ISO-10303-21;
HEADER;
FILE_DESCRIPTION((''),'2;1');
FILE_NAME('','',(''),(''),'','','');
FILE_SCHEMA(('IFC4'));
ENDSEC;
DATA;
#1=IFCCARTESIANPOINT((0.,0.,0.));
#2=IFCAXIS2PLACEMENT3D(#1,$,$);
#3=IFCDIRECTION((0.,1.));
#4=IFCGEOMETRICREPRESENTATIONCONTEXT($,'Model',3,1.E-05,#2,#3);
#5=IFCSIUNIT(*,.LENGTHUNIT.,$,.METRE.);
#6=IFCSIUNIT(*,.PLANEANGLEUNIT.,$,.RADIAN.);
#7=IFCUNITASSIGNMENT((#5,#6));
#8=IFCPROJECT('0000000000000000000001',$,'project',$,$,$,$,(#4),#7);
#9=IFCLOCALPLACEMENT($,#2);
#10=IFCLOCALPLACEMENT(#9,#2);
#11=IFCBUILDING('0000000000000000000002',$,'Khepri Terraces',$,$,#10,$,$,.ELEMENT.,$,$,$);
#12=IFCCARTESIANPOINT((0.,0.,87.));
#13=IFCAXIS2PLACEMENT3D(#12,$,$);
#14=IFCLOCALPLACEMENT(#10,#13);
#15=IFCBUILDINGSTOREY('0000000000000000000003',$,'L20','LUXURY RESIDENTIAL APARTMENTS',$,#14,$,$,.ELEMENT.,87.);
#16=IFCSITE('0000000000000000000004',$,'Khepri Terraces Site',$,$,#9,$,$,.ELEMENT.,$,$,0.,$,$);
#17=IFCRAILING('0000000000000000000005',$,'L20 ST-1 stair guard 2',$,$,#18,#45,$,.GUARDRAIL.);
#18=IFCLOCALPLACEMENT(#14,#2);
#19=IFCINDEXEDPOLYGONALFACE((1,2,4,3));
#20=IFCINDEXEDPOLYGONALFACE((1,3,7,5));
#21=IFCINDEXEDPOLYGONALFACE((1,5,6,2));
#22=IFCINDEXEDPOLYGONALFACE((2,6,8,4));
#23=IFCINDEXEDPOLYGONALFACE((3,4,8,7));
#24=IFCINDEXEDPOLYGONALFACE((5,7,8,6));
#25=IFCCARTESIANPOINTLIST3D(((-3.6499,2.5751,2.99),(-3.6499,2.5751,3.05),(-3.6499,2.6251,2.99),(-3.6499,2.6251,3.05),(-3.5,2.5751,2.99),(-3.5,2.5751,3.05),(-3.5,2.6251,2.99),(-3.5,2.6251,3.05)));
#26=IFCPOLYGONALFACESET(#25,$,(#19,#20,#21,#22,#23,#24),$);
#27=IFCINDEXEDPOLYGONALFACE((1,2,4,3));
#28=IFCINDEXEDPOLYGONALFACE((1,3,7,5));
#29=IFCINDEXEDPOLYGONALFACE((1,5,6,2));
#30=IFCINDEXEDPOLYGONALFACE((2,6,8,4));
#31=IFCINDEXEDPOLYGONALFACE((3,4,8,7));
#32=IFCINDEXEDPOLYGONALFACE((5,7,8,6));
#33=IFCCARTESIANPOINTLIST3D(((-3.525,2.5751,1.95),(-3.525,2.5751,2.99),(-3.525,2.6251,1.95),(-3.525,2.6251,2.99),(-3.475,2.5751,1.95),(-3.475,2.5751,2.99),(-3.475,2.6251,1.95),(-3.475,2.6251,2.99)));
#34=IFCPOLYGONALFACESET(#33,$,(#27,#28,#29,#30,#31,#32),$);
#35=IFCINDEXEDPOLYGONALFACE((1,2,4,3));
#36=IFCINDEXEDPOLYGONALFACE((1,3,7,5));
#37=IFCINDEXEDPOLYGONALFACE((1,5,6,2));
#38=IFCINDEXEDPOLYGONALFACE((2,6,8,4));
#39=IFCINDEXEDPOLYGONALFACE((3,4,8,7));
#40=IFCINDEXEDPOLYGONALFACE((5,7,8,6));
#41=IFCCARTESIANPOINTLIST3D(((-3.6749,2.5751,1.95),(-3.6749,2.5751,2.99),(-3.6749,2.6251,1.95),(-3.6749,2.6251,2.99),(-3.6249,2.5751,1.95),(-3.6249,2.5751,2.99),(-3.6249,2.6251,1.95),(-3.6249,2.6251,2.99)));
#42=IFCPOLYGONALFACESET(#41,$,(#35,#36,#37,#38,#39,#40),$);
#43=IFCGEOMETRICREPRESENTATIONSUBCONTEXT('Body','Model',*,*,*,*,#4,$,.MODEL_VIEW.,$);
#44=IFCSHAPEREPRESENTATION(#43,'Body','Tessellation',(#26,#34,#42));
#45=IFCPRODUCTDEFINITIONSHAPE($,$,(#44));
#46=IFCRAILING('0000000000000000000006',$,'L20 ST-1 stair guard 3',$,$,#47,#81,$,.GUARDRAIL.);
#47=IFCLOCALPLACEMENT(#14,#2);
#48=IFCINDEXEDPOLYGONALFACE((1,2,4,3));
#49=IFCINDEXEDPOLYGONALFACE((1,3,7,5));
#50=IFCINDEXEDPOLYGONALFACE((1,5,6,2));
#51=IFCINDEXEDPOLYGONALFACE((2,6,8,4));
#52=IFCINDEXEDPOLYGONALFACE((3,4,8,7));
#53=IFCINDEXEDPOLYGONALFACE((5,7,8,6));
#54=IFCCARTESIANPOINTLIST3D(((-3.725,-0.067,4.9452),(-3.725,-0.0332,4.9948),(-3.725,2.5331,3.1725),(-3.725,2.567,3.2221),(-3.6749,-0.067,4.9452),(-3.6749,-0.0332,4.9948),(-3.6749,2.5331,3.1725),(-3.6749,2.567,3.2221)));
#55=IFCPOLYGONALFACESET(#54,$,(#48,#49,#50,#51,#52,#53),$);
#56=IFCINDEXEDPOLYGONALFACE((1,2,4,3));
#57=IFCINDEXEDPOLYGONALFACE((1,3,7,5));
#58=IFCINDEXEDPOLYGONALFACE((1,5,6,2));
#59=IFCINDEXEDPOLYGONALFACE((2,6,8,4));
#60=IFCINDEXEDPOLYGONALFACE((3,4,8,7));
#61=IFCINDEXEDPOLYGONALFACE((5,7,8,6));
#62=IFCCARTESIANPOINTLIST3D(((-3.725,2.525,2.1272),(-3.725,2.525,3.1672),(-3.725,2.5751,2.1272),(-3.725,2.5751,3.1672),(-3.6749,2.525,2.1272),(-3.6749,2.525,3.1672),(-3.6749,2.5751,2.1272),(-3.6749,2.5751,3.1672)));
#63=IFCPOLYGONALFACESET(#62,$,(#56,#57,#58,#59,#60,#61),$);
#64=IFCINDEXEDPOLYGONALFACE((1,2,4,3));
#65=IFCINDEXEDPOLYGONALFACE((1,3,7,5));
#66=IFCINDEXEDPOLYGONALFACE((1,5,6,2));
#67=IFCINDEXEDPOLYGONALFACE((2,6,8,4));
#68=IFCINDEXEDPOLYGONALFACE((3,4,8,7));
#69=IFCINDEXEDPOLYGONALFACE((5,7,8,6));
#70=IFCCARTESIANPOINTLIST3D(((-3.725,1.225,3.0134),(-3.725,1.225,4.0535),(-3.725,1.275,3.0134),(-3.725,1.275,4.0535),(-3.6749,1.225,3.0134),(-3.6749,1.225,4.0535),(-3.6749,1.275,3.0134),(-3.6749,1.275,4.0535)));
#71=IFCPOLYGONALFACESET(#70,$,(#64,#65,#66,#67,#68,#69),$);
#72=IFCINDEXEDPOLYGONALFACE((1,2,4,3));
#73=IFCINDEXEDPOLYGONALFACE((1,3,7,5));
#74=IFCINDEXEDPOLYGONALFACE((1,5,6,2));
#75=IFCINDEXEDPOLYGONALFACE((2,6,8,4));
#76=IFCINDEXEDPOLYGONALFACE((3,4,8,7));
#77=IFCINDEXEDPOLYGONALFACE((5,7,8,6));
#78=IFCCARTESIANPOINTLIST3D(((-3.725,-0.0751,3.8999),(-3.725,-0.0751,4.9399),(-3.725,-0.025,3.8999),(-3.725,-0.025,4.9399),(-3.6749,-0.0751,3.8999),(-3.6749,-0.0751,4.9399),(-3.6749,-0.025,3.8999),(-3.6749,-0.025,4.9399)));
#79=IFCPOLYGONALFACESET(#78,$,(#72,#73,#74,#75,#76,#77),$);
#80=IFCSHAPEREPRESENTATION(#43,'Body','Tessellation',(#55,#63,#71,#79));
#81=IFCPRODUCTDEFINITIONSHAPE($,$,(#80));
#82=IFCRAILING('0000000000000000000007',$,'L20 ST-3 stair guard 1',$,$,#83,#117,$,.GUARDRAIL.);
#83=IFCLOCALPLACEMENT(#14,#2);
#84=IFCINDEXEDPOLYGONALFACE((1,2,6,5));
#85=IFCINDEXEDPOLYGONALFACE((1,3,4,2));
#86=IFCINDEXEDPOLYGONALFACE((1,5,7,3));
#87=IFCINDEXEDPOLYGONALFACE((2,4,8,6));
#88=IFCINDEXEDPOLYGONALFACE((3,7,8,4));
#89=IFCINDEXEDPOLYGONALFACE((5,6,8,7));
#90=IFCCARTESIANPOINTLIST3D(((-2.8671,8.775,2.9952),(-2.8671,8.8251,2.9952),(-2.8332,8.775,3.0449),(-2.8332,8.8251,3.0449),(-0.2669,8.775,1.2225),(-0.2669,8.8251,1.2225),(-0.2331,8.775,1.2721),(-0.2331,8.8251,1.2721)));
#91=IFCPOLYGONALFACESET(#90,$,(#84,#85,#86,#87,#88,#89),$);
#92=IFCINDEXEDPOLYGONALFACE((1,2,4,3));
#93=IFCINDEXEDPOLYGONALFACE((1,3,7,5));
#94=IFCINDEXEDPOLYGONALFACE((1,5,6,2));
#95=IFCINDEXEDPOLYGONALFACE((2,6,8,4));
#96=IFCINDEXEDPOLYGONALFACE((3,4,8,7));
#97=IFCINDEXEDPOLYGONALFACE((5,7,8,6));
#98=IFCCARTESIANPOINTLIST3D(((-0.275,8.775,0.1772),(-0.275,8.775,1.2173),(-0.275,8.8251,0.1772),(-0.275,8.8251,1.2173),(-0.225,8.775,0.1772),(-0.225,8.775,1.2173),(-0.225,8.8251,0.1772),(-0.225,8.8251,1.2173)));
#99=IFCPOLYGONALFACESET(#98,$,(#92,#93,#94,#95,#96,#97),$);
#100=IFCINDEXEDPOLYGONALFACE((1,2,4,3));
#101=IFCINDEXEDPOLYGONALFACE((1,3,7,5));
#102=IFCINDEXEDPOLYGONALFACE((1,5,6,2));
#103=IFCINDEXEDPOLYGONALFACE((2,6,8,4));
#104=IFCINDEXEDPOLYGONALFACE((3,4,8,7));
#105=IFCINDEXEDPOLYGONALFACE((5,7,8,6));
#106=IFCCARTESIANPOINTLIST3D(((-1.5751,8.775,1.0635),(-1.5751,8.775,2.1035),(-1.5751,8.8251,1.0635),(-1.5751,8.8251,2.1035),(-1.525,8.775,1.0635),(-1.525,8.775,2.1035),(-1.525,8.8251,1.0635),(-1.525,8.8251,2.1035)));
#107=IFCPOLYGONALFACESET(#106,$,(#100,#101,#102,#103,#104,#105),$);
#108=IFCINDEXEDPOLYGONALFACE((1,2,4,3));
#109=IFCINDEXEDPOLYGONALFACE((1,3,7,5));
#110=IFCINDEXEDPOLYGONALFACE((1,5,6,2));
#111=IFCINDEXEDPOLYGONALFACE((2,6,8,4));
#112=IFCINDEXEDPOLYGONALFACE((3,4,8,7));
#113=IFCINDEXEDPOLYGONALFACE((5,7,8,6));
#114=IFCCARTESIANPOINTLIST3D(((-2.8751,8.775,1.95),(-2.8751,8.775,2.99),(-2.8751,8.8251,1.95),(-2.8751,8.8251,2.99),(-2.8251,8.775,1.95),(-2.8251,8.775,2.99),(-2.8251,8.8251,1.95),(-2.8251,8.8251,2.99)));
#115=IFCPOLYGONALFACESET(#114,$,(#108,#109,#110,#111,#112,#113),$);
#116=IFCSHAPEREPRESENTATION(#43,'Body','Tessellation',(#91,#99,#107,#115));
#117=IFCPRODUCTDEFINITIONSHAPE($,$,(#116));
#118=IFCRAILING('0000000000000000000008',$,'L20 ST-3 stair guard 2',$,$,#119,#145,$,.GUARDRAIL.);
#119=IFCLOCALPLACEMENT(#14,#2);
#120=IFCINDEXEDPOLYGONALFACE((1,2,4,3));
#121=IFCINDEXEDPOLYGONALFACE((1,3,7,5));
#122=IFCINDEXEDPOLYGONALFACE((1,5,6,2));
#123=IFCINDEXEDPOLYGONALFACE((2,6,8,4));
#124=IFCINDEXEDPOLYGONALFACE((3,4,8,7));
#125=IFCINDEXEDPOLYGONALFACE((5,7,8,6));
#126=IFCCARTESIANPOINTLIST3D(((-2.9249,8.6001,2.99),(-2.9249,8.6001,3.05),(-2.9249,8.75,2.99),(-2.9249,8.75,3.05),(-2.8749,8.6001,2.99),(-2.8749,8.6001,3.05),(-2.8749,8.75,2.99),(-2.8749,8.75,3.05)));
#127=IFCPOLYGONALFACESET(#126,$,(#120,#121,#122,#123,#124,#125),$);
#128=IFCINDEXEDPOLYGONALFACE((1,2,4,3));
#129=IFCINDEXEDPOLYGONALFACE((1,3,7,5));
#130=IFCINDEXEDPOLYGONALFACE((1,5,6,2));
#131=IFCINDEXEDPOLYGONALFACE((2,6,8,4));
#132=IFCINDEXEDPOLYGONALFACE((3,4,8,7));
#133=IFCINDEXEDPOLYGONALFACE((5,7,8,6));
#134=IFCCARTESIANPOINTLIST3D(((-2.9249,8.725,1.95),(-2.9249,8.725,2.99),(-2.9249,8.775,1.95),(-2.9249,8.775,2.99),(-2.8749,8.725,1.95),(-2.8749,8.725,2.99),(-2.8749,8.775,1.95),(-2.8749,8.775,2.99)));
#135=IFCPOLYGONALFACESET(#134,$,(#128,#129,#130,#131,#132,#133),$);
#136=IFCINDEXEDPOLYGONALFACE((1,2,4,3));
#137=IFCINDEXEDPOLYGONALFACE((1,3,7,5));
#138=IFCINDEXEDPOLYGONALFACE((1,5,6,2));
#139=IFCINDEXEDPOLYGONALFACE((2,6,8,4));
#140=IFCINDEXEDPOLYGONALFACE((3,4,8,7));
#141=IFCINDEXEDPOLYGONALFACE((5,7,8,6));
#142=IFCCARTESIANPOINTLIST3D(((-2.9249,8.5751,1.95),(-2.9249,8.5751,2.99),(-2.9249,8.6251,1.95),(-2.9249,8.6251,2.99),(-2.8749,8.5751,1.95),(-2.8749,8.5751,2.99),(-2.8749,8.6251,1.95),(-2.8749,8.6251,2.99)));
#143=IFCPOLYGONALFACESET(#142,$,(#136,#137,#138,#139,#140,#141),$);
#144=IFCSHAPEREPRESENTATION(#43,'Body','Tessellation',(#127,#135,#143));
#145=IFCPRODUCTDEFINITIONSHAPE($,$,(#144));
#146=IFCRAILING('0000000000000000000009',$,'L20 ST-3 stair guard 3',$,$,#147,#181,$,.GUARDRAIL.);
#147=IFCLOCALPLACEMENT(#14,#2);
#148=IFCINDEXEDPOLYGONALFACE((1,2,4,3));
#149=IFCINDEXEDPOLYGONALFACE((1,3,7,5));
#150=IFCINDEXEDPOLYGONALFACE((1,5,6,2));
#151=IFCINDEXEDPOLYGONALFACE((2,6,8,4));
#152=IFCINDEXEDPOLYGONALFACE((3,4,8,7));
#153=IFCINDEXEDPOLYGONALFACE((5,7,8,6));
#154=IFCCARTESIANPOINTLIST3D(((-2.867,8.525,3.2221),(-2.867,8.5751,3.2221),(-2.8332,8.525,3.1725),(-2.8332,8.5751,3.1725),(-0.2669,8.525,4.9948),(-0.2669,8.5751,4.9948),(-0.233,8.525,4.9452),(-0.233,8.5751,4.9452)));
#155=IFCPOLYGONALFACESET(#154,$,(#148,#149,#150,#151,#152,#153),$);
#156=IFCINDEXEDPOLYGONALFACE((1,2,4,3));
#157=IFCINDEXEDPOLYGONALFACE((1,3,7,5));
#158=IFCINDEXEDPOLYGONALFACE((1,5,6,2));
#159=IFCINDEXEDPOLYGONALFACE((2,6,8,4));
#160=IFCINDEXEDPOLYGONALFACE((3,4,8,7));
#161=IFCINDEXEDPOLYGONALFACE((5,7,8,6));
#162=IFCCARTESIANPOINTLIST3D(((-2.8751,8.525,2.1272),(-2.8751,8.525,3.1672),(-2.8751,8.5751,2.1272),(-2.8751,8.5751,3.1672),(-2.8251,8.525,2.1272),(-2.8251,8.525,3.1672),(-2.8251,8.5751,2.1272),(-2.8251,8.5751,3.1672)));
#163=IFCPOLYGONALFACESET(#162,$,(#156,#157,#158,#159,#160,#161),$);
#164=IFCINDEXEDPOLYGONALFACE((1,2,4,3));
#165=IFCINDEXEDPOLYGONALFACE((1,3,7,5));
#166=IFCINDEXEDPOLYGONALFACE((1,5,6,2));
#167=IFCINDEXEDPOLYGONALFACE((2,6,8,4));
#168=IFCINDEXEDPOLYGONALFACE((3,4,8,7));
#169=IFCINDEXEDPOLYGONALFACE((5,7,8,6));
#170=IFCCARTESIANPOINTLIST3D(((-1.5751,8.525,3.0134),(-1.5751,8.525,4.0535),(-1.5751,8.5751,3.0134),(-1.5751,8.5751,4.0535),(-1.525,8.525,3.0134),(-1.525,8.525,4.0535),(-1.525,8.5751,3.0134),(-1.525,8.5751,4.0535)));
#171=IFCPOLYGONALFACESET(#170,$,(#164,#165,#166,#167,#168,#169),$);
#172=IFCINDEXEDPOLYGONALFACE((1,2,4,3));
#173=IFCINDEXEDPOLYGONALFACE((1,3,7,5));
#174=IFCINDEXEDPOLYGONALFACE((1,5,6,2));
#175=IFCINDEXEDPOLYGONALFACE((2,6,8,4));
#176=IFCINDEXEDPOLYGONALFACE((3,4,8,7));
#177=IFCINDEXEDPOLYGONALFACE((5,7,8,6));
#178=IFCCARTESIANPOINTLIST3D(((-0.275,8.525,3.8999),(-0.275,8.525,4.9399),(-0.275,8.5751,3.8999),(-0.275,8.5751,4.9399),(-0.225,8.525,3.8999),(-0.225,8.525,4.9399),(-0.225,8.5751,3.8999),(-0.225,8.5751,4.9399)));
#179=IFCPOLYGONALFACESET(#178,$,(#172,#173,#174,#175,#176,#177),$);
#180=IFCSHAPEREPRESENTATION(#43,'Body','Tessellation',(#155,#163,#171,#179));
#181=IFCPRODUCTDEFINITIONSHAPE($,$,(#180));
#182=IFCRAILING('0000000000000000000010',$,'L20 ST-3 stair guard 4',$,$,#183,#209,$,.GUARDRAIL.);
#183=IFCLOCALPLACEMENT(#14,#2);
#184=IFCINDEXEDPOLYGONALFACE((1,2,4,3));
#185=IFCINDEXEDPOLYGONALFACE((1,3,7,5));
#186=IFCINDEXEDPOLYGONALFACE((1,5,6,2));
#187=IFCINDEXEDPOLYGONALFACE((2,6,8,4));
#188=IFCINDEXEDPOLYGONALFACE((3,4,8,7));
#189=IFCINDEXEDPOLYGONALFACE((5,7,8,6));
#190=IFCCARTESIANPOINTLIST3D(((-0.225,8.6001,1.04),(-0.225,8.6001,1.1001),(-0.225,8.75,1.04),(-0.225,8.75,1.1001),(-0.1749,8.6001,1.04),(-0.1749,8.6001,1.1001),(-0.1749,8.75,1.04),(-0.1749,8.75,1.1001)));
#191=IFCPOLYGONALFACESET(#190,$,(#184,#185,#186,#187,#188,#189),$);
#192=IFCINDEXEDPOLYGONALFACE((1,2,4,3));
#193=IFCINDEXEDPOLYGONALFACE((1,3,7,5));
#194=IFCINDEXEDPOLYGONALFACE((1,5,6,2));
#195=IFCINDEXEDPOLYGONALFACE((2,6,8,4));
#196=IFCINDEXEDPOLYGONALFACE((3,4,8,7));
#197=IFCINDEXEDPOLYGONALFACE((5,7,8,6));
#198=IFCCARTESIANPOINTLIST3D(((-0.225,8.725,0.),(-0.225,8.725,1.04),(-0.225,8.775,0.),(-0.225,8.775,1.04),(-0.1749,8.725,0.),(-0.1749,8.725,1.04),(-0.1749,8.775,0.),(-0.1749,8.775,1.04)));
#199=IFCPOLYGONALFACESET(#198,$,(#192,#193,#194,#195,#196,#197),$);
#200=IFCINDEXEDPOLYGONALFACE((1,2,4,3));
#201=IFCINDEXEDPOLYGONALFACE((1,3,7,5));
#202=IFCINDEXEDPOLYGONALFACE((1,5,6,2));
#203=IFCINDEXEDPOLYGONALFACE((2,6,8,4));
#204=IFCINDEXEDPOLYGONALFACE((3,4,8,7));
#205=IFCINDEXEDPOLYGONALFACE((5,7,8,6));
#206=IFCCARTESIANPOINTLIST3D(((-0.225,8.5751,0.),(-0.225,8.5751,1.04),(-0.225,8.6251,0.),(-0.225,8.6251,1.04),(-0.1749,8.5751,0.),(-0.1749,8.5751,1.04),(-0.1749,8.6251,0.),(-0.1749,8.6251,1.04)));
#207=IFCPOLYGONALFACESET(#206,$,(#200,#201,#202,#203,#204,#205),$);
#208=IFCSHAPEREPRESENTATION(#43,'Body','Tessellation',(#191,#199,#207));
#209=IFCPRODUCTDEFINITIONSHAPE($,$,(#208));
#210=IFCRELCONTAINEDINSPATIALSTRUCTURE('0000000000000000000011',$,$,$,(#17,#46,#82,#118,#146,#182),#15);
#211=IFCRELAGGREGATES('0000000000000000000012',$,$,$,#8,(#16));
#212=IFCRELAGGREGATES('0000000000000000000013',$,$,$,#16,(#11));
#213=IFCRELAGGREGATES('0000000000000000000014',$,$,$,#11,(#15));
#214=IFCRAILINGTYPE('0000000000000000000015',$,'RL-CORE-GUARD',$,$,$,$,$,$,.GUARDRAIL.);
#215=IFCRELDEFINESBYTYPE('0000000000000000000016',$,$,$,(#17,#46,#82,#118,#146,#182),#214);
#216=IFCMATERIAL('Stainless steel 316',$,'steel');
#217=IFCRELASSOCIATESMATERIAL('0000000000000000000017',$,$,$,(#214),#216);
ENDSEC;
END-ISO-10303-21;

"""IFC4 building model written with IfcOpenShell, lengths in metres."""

from ifc_helpers import new_model, si_unit, direction, frame, origin, origin_2d, place, context, subcontext, project, spatial, rectangle, extrude, material, type_object, element, save


model = new_model("IFC4")

# Units and contexts
model_context = context("Model", 3, precision=1e-05, world=origin(), true_north=direction((0.0, 1.0)))
body_context = subcontext(model_context, "Body", "Model", "MODEL_VIEW")
ifc_project = project(units=[si_unit("LENGTHUNIT", "METRE"), si_unit("PLANEANGLEUNIT", "RADIAN")], contexts=[model_context])

# Site, building, storey
site_placement = place(None, origin())
site = spatial("IfcSite", under=ifc_project, at=site_placement, Name="Khepri Terraces Site", CompositionType="ELEMENT", RefElevation=0.0)
building_placement = place(site_placement, origin())
building = spatial("IfcBuilding", under=site, at=building_placement, Name="Khepri Terraces", CompositionType="ELEMENT")
storey_placement = place(building_placement, frame((0.0, 0.0, 87.0)))
storey = spatial("IfcBuildingStorey", under=building, at=storey_placement, Name="L20", Description="LUXURY RESIDENTIAL APARTMENTS", CompositionType="ELEMENT", Elevation=87.0)

# Railings
ifc_material_1 = material(Name="Stainless steel 316", Category="steel")
railing_type_1 = type_object("IfcRailingType", Name="RL-CORE-GUARD", PredefinedType="GUARDRAIL", material=ifc_material_1)
railing_1_placement = place(storey_placement, frame((-3.5, 2.6001, 1.95)))
element("IfcRailing", 1, at=railing_1_placement, inside=storey, type_object=railing_type_1, Name="L20 ST-1 stair guard 2", PredefinedType="GUARDRAIL", context=body_context, shape_type="SweptSolid", body=[
    extrude(rectangle(XDim=0.05, YDim=0.0601, at=origin_2d()), frame((0.0, 0.0, 1.0701), z_axis=(-1.0, 0.0, 0.0), x_axis=(0.0, -1.0, 0.0)), (0.0, 0.0, 1.0), 0.1499),
    extrude(rectangle(XDim=0.05, YDim=0.05, at=origin_2d()), origin(), (0.0, 0.0, 1.0), 1.04),
    extrude(rectangle(XDim=0.05, YDim=0.05, at=origin_2d()), frame((-0.1499, 0.0, 0.0)), (0.0, 0.0, 1.0), 1.04),
])
railing_2_placement = place(storey_placement, frame((-3.7, 2.55, 2.1272)))
element("IfcRailing", 2, at=railing_2_placement, inside=storey, type_object=railing_type_1, Name="L20 ST-1 stair guard 3", PredefinedType="GUARDRAIL", context=body_context, shape_type="SweptSolid", body=[
    extrude(rectangle(XDim=0.05, YDim=0.0601, at=origin_2d()), frame((0.0, 0.0, 1.0701), z_axis=(0.0, -0.82624, 0.563318), x_axis=(1.0, 0.0, 0.0)), (0.0, 0.0, 1.0), 3.147),
    extrude(rectangle(XDim=0.05, YDim=0.05, at=origin_2d()), origin(), (0.0, 0.0, 1.0), 1.04),
    extrude(rectangle(XDim=0.05, YDim=0.05, at=origin_2d()), frame((0.0, -1.3, 0.8862)), (0.0, 0.0, 1.0), 1.04),
    extrude(rectangle(XDim=0.05, YDim=0.05, at=origin_2d()), frame((0.0, -2.6001, 1.7727)), (0.0, 0.0, 1.0), 1.04),
])
railing_3_placement = place(storey_placement, frame((-0.25, 8.8, 0.1772)))
element("IfcRailing", 3, at=railing_3_placement, inside=storey, type_object=railing_type_1, Name="L20 ST-3 stair guard 1", PredefinedType="GUARDRAIL", context=body_context, shape_type="SweptSolid", body=[
    extrude(rectangle(XDim=0.05, YDim=0.0601, at=origin_2d()), frame((0.0, 0.0, 1.0701), z_axis=(-0.82624, 0.0, 0.563318), x_axis=(0.0, -1.0, 0.0)), (0.0, 0.0, 1.0), 3.147),
    extrude(rectangle(XDim=0.05, YDim=0.05, at=origin_2d()), origin(), (0.0, 0.0, 1.0), 1.04),
    extrude(rectangle(XDim=0.05, YDim=0.05, at=origin_2d()), frame((-1.3, 0.0, 0.8862)), (0.0, 0.0, 1.0), 1.04),
    extrude(rectangle(XDim=0.05, YDim=0.05, at=origin_2d()), frame((-2.6001, 0.0, 1.7727)), (0.0, 0.0, 1.0), 1.04),
])
railing_4_placement = place(storey_placement, frame((-2.8999, 8.75, 1.95)))
element("IfcRailing", 4, at=railing_4_placement, inside=storey, type_object=railing_type_1, Name="L20 ST-3 stair guard 2", PredefinedType="GUARDRAIL", context=body_context, shape_type="SweptSolid", body=[
    extrude(rectangle(XDim=0.05, YDim=0.0601, at=origin_2d()), frame((0.0, 0.0, 1.0701), z_axis=(0.0, -1.0, 0.0), x_axis=(1.0, 0.0, 0.0)), (0.0, 0.0, 1.0), 0.1499),
    extrude(rectangle(XDim=0.05, YDim=0.05, at=origin_2d()), origin(), (0.0, 0.0, 1.0), 1.04),
    extrude(rectangle(XDim=0.05, YDim=0.05, at=origin_2d()), frame((0.0, -0.1499, 0.0)), (0.0, 0.0, 1.0), 1.04),
])
railing_5_placement = place(storey_placement, frame((-2.8501, 8.55, 2.1272)))
element("IfcRailing", 5, at=railing_5_placement, inside=storey, type_object=railing_type_1, Name="L20 ST-3 stair guard 3", PredefinedType="GUARDRAIL", context=body_context, shape_type="SweptSolid", body=[
    extrude(rectangle(XDim=0.05, YDim=0.0601, at=origin_2d()), frame((0.0, 0.0, 1.0701), z_axis=(0.82624, 0.0, 0.563318), x_axis=(0.0, 1.0, 0.0)), (0.0, 0.0, 1.0), 3.147),
    extrude(rectangle(XDim=0.05, YDim=0.05, at=origin_2d()), origin(), (0.0, 0.0, 1.0), 1.04),
    extrude(rectangle(XDim=0.05, YDim=0.05, at=origin_2d()), frame((1.3, 0.0, 0.8862)), (0.0, 0.0, 1.0), 1.04),
    extrude(rectangle(XDim=0.05, YDim=0.05, at=origin_2d()), frame((2.6001, 0.0, 1.7727)), (0.0, 0.0, 1.0), 1.04),
])
railing_6_placement = place(storey_placement, frame((-0.2, 8.75, 0.0)))
element("IfcRailing", 6, at=railing_6_placement, inside=storey, type_object=railing_type_1, Name="L20 ST-3 stair guard 4", PredefinedType="GUARDRAIL", context=body_context, shape_type="SweptSolid", body=[
    extrude(rectangle(XDim=0.05, YDim=0.0601, at=origin_2d()), frame((0.0, 0.0, 1.0701), z_axis=(0.0, -1.0, 0.0), x_axis=(1.0, 0.0, 0.0)), (0.0, 0.0, 1.0), 0.1499),
    extrude(rectangle(XDim=0.05, YDim=0.05, at=origin_2d()), origin(), (0.0, 0.0, 1.0), 1.04),
    extrude(rectangle(XDim=0.05, YDim=0.05, at=origin_2d()), frame((0.0, -0.1499, 0.0)), (0.0, 0.0, 1.0), 1.04),
])

save(model, "model.ifc")
